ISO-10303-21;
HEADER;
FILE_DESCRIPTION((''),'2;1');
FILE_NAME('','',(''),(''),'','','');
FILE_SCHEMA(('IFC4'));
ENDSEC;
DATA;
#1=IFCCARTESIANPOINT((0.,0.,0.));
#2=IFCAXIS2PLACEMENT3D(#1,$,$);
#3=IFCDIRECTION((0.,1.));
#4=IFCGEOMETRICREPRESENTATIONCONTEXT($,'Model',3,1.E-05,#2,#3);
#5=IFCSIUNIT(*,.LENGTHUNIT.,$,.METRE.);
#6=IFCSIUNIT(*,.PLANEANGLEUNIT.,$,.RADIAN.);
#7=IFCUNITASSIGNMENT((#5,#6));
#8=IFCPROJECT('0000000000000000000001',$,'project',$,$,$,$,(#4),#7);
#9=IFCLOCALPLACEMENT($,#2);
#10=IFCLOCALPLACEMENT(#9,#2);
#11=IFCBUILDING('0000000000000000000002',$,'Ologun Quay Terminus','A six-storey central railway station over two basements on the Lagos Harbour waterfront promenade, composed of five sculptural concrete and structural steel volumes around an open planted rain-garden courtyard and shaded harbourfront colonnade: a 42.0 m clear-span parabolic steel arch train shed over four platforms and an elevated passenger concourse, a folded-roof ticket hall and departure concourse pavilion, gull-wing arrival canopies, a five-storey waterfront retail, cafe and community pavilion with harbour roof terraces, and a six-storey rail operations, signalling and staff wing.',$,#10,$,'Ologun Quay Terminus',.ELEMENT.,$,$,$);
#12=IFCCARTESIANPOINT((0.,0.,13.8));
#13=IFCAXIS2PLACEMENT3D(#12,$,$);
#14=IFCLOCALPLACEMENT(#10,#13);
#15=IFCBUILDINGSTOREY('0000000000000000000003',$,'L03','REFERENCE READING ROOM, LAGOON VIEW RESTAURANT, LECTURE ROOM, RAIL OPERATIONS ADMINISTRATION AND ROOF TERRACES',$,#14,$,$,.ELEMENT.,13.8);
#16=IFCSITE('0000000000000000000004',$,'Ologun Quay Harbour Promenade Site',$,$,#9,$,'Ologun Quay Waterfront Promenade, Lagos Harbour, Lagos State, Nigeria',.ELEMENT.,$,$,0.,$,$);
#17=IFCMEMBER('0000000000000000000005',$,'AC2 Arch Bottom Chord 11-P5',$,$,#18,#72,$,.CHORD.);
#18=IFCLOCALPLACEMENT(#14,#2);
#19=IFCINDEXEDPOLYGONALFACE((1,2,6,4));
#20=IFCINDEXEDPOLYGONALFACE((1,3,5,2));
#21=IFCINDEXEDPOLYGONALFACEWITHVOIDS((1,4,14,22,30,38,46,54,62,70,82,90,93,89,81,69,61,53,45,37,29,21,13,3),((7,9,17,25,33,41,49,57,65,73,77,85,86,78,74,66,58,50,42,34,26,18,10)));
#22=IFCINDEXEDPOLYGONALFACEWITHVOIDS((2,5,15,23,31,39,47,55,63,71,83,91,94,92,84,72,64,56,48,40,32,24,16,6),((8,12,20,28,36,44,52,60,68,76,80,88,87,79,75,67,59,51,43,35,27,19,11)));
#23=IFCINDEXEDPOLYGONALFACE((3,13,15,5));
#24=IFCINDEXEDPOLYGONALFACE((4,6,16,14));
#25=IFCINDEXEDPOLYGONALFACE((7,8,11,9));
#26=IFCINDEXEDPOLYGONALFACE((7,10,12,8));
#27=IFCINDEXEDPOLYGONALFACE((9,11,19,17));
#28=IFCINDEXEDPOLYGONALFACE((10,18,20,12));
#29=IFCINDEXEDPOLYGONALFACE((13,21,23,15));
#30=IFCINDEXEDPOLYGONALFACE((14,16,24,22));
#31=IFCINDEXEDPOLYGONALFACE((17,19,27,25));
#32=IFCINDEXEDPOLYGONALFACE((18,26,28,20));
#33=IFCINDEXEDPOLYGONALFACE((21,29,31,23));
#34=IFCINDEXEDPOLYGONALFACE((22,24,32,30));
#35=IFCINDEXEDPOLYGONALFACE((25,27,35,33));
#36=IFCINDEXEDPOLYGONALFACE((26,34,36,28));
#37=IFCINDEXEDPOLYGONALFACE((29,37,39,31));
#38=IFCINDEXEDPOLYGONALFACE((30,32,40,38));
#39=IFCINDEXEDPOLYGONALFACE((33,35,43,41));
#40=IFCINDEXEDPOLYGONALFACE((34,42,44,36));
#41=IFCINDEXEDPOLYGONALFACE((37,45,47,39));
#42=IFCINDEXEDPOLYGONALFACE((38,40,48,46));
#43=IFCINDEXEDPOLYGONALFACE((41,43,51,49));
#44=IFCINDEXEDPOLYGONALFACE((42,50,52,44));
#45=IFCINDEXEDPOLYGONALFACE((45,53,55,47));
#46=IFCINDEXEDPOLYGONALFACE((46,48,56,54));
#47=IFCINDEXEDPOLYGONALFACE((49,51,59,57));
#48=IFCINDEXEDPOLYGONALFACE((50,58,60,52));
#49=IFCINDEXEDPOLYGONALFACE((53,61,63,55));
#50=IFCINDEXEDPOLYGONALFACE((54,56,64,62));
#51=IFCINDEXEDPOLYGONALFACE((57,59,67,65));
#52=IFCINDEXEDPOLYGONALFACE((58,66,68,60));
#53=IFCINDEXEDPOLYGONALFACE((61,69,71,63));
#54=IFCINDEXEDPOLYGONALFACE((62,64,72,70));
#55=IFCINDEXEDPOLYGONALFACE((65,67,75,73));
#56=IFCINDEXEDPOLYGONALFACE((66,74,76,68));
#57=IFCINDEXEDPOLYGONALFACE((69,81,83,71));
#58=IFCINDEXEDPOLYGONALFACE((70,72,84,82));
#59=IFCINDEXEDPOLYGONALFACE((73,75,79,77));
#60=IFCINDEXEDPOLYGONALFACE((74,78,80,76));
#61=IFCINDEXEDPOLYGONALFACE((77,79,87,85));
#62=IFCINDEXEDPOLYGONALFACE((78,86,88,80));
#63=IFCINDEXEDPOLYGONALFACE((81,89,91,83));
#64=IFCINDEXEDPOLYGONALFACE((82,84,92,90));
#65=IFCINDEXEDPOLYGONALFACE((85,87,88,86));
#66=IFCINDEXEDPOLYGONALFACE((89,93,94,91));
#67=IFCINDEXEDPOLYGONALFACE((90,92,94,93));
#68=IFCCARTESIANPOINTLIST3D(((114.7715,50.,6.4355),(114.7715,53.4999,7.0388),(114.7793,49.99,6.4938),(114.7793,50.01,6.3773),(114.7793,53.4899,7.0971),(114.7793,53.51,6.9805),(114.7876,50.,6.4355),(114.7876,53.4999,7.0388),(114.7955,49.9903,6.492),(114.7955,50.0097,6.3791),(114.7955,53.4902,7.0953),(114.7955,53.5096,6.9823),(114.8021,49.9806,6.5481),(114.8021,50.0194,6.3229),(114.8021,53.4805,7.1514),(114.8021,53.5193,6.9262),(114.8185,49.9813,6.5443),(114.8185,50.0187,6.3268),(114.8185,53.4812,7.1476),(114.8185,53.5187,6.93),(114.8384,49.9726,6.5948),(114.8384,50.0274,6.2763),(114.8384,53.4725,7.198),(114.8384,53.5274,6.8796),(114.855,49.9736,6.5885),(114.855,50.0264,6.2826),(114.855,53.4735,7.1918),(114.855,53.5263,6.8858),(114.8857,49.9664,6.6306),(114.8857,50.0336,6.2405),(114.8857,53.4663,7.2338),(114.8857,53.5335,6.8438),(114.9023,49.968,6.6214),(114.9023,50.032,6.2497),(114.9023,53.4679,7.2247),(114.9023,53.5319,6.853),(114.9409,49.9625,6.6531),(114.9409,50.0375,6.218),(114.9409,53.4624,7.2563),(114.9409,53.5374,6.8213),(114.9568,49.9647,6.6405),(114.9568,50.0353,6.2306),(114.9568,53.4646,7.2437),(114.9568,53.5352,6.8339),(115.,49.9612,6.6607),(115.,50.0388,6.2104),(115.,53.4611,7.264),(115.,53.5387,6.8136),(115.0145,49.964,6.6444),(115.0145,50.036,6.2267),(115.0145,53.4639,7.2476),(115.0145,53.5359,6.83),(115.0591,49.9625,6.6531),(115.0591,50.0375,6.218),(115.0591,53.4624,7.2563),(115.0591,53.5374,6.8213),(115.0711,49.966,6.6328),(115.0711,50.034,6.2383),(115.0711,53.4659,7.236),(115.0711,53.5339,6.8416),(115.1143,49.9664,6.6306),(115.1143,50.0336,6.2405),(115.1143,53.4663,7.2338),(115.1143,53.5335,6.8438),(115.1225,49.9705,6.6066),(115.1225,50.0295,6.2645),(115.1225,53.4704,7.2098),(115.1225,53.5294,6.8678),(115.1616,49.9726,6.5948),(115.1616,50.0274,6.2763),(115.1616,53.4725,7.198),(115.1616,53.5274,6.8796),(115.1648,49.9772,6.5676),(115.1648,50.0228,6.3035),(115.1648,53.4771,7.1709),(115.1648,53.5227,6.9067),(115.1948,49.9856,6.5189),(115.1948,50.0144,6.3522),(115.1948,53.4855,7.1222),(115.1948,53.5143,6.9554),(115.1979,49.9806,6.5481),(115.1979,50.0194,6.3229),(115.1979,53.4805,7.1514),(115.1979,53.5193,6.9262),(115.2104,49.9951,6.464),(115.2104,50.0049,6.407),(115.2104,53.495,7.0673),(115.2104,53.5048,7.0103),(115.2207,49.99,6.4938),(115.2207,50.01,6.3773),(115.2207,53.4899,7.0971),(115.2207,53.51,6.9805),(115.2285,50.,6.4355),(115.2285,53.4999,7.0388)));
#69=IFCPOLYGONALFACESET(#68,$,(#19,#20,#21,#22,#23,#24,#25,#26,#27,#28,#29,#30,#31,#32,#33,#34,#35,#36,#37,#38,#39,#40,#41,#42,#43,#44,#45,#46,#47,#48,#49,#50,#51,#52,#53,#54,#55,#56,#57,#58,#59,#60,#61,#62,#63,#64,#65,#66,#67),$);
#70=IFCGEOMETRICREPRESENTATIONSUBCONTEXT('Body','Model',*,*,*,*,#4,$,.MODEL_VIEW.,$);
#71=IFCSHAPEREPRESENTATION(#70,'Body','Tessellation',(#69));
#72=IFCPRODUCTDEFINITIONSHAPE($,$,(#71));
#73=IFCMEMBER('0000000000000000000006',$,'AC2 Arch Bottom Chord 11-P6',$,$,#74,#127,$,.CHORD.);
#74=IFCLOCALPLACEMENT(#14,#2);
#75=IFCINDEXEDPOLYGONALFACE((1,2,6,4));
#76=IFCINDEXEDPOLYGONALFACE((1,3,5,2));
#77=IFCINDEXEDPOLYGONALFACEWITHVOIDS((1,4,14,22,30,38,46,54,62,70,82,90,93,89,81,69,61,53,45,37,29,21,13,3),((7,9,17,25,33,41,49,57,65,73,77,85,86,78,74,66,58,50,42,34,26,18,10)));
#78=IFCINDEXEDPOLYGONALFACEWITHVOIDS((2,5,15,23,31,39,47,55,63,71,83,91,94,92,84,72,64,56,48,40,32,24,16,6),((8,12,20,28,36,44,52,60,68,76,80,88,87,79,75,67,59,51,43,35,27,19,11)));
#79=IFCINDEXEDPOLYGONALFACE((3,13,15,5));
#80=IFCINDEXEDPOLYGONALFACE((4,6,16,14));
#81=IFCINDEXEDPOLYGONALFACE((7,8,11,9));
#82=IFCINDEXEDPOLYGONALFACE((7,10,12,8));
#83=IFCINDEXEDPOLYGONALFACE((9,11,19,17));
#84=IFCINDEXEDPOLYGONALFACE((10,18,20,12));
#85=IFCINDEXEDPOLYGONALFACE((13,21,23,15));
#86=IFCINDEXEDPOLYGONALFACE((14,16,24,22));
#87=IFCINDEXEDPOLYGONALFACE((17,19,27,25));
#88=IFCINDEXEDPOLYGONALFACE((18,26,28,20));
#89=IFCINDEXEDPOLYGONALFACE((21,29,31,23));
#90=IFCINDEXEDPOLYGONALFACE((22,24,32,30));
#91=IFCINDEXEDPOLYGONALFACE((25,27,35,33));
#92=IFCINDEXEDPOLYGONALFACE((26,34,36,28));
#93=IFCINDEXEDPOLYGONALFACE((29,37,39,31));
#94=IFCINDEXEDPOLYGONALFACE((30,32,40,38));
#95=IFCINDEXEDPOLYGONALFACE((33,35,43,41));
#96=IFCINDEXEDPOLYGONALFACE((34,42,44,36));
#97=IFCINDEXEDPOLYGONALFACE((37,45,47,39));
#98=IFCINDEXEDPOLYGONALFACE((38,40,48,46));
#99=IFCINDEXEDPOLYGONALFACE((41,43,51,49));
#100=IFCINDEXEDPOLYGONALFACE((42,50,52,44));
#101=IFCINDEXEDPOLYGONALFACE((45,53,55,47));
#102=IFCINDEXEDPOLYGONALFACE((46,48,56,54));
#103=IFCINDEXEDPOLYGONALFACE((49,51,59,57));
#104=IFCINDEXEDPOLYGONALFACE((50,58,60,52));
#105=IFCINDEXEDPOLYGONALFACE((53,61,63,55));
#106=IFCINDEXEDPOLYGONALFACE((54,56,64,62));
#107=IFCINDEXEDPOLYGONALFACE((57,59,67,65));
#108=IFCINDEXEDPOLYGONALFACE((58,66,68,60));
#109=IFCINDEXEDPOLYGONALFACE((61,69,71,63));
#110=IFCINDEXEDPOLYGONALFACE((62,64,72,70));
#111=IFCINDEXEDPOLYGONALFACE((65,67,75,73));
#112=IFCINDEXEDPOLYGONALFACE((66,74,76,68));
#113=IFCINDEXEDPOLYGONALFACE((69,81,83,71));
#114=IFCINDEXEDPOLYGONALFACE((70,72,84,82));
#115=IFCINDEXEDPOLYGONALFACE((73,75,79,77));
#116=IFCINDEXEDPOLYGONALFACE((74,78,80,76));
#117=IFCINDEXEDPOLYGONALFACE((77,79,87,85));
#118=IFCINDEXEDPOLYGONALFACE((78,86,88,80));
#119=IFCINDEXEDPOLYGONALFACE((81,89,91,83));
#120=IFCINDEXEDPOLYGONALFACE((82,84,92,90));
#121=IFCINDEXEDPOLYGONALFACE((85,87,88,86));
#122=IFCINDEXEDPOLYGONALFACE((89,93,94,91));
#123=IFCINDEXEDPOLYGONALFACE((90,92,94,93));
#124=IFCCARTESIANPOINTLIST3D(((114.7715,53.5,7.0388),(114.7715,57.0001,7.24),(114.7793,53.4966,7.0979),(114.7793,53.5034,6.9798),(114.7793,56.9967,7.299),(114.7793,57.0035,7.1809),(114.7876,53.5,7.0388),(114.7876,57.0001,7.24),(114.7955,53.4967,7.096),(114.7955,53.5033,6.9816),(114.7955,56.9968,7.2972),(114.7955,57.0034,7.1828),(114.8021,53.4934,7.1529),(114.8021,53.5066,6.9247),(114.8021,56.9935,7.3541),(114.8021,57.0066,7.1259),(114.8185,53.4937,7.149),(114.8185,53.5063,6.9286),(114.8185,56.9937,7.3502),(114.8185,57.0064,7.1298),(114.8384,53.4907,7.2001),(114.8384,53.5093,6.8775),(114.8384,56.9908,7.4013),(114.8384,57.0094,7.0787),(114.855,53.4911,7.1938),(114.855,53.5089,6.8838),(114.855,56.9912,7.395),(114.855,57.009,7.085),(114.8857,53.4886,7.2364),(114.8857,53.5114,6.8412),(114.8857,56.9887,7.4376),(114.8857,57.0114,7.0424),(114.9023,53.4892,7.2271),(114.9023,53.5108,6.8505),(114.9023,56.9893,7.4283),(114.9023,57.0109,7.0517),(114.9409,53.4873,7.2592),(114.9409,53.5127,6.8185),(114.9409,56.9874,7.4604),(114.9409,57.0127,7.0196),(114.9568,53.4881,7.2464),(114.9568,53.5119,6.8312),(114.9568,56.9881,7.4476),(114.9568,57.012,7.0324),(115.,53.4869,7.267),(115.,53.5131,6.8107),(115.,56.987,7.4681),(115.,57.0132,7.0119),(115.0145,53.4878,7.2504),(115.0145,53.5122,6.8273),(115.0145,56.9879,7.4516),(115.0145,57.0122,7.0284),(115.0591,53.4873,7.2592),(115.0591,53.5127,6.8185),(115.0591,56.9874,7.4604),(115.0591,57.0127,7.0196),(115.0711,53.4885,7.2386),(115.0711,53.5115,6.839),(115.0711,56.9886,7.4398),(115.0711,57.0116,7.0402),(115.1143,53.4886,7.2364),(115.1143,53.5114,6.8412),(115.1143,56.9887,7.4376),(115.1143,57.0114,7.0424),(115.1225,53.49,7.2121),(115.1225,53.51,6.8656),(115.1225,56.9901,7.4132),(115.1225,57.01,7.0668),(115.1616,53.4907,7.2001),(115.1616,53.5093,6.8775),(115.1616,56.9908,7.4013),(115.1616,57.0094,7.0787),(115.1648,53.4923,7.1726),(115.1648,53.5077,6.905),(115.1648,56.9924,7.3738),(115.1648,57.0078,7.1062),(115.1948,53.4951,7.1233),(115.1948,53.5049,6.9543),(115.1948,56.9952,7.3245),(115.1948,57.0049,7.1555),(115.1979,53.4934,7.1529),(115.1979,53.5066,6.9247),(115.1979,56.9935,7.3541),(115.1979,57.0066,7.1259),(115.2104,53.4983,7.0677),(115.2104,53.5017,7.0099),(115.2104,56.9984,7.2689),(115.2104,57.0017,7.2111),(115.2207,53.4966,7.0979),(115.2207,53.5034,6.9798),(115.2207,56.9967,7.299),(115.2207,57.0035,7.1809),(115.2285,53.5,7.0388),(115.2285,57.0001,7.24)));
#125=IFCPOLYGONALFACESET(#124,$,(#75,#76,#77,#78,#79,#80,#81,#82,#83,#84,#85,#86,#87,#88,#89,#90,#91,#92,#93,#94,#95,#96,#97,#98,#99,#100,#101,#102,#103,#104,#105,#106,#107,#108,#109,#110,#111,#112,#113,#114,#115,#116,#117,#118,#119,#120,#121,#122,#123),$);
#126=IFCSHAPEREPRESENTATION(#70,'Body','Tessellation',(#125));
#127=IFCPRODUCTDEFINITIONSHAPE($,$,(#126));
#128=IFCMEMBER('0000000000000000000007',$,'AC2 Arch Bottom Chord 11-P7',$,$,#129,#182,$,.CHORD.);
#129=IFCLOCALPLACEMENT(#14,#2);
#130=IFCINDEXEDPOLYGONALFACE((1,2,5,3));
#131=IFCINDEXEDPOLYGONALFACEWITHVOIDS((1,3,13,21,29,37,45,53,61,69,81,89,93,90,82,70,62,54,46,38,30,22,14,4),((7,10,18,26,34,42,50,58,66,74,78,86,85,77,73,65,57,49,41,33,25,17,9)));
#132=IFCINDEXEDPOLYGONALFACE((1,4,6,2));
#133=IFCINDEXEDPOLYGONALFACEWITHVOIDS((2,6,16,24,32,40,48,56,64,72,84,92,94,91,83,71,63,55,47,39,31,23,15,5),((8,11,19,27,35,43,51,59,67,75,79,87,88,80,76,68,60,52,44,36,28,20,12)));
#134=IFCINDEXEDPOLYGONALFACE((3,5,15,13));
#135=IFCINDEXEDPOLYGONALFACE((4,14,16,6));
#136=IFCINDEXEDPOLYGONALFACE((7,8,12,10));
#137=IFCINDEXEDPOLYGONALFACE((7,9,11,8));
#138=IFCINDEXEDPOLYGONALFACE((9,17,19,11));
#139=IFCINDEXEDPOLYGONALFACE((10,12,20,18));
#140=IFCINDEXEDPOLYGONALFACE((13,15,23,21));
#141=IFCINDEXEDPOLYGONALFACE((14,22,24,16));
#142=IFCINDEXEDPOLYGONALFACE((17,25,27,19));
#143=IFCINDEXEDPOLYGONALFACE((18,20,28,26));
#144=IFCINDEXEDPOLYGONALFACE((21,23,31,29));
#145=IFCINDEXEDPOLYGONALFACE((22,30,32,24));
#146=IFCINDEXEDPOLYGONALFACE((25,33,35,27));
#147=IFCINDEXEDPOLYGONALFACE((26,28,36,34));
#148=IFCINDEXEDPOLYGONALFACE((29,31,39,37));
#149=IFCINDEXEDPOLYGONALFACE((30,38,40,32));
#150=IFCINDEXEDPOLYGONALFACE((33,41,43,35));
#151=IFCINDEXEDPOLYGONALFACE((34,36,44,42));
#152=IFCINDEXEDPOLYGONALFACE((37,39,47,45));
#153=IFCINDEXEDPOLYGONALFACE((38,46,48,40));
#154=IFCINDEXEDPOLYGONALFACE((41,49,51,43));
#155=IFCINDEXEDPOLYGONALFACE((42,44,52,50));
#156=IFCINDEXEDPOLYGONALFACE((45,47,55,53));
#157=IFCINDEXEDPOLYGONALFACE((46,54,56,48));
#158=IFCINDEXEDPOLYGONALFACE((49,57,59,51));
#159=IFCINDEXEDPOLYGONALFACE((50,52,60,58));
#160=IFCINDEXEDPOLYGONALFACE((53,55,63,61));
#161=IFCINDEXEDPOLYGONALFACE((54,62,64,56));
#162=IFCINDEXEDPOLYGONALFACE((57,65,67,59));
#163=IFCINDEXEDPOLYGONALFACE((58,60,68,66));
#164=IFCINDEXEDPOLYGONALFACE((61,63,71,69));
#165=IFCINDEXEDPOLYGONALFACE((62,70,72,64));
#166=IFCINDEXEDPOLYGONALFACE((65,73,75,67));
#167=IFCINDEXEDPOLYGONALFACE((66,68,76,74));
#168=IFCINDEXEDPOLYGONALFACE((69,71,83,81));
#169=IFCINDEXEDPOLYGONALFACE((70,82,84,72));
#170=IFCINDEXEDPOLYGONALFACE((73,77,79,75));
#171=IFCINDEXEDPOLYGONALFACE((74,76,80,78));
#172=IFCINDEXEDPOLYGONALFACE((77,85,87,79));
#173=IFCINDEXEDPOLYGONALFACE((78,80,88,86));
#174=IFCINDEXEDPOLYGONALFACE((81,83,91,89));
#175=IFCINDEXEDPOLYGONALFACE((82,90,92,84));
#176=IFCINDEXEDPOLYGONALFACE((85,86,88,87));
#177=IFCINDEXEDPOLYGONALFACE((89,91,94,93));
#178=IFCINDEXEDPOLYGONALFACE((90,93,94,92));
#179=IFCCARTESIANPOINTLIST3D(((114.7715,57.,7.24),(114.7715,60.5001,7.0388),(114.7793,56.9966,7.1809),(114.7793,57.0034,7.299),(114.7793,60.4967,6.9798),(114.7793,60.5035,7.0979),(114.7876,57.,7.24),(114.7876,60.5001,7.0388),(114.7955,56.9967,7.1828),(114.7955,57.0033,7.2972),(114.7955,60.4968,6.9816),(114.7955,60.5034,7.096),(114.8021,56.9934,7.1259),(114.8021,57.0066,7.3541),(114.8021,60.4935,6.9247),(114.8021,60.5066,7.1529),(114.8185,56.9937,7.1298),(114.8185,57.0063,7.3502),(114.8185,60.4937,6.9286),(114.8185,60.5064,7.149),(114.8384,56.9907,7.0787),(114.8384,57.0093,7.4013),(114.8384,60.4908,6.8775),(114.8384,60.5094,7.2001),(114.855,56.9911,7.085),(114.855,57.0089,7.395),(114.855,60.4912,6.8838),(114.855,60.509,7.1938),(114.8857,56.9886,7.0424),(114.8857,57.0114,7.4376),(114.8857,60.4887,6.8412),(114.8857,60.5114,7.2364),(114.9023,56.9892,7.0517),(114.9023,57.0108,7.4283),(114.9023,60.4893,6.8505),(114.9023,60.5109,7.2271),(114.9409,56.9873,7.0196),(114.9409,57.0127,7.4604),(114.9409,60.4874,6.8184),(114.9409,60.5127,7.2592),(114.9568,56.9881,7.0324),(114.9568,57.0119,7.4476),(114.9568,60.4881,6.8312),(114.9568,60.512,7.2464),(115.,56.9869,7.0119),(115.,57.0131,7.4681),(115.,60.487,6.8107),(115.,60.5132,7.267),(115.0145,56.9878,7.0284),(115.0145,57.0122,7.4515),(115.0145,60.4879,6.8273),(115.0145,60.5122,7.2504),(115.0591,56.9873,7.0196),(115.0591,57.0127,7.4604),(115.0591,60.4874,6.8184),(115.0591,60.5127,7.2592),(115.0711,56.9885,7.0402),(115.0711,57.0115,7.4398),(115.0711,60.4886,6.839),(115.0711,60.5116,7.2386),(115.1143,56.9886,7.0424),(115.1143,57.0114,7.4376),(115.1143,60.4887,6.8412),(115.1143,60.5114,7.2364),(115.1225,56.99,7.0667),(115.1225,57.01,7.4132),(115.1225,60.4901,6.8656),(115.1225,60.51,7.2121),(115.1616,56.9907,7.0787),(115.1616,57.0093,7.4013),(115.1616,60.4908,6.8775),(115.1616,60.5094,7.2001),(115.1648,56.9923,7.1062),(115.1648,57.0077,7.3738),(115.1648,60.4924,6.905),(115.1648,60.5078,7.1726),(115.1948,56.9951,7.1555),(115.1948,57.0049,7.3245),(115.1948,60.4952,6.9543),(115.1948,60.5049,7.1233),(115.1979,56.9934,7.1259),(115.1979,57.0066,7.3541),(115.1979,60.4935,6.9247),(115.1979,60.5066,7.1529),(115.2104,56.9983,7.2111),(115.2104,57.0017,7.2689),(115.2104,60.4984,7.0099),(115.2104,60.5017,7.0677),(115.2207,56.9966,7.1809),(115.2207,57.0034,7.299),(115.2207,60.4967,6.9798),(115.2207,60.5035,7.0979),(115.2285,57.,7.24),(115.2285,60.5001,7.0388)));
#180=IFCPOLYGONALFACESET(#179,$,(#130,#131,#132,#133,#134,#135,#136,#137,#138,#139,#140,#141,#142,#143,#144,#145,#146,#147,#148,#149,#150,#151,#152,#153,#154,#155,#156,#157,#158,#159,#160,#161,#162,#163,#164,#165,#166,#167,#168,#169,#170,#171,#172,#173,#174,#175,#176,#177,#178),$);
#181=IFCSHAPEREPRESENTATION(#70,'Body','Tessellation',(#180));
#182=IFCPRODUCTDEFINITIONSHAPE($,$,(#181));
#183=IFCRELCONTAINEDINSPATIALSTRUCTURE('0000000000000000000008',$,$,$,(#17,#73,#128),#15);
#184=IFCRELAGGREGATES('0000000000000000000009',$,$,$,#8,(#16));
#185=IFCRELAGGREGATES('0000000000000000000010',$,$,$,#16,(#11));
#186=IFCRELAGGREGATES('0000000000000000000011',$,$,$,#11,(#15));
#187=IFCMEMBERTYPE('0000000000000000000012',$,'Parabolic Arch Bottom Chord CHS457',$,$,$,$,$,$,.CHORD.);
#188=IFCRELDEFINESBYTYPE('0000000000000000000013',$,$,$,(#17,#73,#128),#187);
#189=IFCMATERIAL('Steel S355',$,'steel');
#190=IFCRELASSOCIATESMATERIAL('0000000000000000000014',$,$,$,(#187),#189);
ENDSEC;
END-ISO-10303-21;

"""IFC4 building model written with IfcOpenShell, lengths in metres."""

from ifc_helpers import new_model, si_unit, direction, frame, origin, origin_2d, place, context, subcontext, project, spatial, hollow_circle, extrude, material, material_profile, profile_set, type_object, element, save


model = new_model("IFC4")

# Units and contexts
model_context = context("Model", 3, precision=1e-05, world=origin(), true_north=direction((0.0, 1.0)))
body_context = subcontext(model_context, "Body", "Model", "MODEL_VIEW")
ifc_project = project(units=[si_unit("LENGTHUNIT", "METRE"), si_unit("PLANEANGLEUNIT", "RADIAN")], contexts=[model_context])

# Site, building, storey
site_placement = place(None, origin())
site = spatial("IfcSite", under=ifc_project, at=site_placement, Name="Ologun Quay Harbour Promenade Site", LongName="Ologun Quay Waterfront Promenade, Lagos Harbour, Lagos State, Nigeria", CompositionType="ELEMENT", RefElevation=0.0)
building_placement = place(site_placement, origin())
building = spatial("IfcBuilding", under=site, at=building_placement, Name="Ologun Quay Terminus", Description="A six-storey central railway station over two basements on the Lagos Harbour waterfront promenade, composed of five sculptural concrete and structural steel volumes around an open planted rain-garden courtyard and shaded harbourfront colonnade: a 42.0 m clear-span parabolic steel arch train shed over four platforms and an elevated passenger concourse, a folded-roof ticket hall and departure concourse pavilion, gull-wing arrival canopies, a five-storey waterfront retail, cafe and community pavilion with harbour roof terraces, and a six-storey rail operations, signalling and staff wing.", LongName="Ologun Quay Terminus", CompositionType="ELEMENT")
storey_placement = place(building_placement, frame((0.0, 0.0, 13.8)))
storey = spatial("IfcBuildingStorey", under=building, at=storey_placement, Name="L03", Description="REFERENCE READING ROOM, LAGOON VIEW RESTAURANT, LECTURE ROOM, RAIL OPERATIONS ADMINISTRATION AND ROOF TERRACES", CompositionType="ELEMENT", Elevation=13.8)

# Members
ifc_material_1 = material(Name="Steel S355", Category="steel")
ifc_material_profile_1 = material_profile(ifc_material_1, hollow_circle(Radius=0.2285, WallThickness=0.0161, at=origin_2d()), Name="CHS 457x16")
ifc_profile_set_1 = profile_set([ifc_material_profile_1], Name="Steel S355")
member_type_1 = type_object("IfcMemberType", Name="Parabolic Arch Bottom Chord CHS457", PredefinedType="CHORD", material=ifc_profile_set_1)
member_1_placement = place(storey_placement, frame((115.0, 50.0, 6.4355), z_axis=(0.0, 0.985468, 0.169859), x_axis=(-1.0, 0.0, 0.0)))
element("IfcMember", 1, at=member_1_placement, inside=storey, type_object=member_type_1, Name="AC2 Arch Bottom Chord 11-P5", PredefinedType="CHORD", context=body_context, shape_type="SweptSolid", body=[
    extrude(hollow_circle(Radius=0.2285, WallThickness=0.0161, at=origin_2d()), origin(), (0.0, 0.0, 1.0), 3.5515),
])
for number, where, z_axis, x_axis, name in (
    (2, (115.0, 53.5, 7.0388), (0.0, 0.998352, 0.057383), (-1.0, 0.0, 0.0), "AC2 Arch Bottom Chord 11-P6"),
    (3, (115.0, 57.0, 7.24), (0.0, 0.998352, -0.057383), (-1.0, 0.0, 0.0), "AC2 Arch Bottom Chord 11-P7"),
):
    element("IfcMember", number, at=place(storey_placement, frame(where, z_axis=z_axis, x_axis=x_axis)), inside=storey, type_object=member_type_1, Name=name, PredefinedType="CHORD", context=body_context, shape_type="SweptSolid", body=[
        extrude(hollow_circle(Radius=0.2285, WallThickness=0.0161, at=origin_2d()), origin(), (0.0, 0.0, 1.0), 3.5059),
    ])

save(model, "model.ifc")
